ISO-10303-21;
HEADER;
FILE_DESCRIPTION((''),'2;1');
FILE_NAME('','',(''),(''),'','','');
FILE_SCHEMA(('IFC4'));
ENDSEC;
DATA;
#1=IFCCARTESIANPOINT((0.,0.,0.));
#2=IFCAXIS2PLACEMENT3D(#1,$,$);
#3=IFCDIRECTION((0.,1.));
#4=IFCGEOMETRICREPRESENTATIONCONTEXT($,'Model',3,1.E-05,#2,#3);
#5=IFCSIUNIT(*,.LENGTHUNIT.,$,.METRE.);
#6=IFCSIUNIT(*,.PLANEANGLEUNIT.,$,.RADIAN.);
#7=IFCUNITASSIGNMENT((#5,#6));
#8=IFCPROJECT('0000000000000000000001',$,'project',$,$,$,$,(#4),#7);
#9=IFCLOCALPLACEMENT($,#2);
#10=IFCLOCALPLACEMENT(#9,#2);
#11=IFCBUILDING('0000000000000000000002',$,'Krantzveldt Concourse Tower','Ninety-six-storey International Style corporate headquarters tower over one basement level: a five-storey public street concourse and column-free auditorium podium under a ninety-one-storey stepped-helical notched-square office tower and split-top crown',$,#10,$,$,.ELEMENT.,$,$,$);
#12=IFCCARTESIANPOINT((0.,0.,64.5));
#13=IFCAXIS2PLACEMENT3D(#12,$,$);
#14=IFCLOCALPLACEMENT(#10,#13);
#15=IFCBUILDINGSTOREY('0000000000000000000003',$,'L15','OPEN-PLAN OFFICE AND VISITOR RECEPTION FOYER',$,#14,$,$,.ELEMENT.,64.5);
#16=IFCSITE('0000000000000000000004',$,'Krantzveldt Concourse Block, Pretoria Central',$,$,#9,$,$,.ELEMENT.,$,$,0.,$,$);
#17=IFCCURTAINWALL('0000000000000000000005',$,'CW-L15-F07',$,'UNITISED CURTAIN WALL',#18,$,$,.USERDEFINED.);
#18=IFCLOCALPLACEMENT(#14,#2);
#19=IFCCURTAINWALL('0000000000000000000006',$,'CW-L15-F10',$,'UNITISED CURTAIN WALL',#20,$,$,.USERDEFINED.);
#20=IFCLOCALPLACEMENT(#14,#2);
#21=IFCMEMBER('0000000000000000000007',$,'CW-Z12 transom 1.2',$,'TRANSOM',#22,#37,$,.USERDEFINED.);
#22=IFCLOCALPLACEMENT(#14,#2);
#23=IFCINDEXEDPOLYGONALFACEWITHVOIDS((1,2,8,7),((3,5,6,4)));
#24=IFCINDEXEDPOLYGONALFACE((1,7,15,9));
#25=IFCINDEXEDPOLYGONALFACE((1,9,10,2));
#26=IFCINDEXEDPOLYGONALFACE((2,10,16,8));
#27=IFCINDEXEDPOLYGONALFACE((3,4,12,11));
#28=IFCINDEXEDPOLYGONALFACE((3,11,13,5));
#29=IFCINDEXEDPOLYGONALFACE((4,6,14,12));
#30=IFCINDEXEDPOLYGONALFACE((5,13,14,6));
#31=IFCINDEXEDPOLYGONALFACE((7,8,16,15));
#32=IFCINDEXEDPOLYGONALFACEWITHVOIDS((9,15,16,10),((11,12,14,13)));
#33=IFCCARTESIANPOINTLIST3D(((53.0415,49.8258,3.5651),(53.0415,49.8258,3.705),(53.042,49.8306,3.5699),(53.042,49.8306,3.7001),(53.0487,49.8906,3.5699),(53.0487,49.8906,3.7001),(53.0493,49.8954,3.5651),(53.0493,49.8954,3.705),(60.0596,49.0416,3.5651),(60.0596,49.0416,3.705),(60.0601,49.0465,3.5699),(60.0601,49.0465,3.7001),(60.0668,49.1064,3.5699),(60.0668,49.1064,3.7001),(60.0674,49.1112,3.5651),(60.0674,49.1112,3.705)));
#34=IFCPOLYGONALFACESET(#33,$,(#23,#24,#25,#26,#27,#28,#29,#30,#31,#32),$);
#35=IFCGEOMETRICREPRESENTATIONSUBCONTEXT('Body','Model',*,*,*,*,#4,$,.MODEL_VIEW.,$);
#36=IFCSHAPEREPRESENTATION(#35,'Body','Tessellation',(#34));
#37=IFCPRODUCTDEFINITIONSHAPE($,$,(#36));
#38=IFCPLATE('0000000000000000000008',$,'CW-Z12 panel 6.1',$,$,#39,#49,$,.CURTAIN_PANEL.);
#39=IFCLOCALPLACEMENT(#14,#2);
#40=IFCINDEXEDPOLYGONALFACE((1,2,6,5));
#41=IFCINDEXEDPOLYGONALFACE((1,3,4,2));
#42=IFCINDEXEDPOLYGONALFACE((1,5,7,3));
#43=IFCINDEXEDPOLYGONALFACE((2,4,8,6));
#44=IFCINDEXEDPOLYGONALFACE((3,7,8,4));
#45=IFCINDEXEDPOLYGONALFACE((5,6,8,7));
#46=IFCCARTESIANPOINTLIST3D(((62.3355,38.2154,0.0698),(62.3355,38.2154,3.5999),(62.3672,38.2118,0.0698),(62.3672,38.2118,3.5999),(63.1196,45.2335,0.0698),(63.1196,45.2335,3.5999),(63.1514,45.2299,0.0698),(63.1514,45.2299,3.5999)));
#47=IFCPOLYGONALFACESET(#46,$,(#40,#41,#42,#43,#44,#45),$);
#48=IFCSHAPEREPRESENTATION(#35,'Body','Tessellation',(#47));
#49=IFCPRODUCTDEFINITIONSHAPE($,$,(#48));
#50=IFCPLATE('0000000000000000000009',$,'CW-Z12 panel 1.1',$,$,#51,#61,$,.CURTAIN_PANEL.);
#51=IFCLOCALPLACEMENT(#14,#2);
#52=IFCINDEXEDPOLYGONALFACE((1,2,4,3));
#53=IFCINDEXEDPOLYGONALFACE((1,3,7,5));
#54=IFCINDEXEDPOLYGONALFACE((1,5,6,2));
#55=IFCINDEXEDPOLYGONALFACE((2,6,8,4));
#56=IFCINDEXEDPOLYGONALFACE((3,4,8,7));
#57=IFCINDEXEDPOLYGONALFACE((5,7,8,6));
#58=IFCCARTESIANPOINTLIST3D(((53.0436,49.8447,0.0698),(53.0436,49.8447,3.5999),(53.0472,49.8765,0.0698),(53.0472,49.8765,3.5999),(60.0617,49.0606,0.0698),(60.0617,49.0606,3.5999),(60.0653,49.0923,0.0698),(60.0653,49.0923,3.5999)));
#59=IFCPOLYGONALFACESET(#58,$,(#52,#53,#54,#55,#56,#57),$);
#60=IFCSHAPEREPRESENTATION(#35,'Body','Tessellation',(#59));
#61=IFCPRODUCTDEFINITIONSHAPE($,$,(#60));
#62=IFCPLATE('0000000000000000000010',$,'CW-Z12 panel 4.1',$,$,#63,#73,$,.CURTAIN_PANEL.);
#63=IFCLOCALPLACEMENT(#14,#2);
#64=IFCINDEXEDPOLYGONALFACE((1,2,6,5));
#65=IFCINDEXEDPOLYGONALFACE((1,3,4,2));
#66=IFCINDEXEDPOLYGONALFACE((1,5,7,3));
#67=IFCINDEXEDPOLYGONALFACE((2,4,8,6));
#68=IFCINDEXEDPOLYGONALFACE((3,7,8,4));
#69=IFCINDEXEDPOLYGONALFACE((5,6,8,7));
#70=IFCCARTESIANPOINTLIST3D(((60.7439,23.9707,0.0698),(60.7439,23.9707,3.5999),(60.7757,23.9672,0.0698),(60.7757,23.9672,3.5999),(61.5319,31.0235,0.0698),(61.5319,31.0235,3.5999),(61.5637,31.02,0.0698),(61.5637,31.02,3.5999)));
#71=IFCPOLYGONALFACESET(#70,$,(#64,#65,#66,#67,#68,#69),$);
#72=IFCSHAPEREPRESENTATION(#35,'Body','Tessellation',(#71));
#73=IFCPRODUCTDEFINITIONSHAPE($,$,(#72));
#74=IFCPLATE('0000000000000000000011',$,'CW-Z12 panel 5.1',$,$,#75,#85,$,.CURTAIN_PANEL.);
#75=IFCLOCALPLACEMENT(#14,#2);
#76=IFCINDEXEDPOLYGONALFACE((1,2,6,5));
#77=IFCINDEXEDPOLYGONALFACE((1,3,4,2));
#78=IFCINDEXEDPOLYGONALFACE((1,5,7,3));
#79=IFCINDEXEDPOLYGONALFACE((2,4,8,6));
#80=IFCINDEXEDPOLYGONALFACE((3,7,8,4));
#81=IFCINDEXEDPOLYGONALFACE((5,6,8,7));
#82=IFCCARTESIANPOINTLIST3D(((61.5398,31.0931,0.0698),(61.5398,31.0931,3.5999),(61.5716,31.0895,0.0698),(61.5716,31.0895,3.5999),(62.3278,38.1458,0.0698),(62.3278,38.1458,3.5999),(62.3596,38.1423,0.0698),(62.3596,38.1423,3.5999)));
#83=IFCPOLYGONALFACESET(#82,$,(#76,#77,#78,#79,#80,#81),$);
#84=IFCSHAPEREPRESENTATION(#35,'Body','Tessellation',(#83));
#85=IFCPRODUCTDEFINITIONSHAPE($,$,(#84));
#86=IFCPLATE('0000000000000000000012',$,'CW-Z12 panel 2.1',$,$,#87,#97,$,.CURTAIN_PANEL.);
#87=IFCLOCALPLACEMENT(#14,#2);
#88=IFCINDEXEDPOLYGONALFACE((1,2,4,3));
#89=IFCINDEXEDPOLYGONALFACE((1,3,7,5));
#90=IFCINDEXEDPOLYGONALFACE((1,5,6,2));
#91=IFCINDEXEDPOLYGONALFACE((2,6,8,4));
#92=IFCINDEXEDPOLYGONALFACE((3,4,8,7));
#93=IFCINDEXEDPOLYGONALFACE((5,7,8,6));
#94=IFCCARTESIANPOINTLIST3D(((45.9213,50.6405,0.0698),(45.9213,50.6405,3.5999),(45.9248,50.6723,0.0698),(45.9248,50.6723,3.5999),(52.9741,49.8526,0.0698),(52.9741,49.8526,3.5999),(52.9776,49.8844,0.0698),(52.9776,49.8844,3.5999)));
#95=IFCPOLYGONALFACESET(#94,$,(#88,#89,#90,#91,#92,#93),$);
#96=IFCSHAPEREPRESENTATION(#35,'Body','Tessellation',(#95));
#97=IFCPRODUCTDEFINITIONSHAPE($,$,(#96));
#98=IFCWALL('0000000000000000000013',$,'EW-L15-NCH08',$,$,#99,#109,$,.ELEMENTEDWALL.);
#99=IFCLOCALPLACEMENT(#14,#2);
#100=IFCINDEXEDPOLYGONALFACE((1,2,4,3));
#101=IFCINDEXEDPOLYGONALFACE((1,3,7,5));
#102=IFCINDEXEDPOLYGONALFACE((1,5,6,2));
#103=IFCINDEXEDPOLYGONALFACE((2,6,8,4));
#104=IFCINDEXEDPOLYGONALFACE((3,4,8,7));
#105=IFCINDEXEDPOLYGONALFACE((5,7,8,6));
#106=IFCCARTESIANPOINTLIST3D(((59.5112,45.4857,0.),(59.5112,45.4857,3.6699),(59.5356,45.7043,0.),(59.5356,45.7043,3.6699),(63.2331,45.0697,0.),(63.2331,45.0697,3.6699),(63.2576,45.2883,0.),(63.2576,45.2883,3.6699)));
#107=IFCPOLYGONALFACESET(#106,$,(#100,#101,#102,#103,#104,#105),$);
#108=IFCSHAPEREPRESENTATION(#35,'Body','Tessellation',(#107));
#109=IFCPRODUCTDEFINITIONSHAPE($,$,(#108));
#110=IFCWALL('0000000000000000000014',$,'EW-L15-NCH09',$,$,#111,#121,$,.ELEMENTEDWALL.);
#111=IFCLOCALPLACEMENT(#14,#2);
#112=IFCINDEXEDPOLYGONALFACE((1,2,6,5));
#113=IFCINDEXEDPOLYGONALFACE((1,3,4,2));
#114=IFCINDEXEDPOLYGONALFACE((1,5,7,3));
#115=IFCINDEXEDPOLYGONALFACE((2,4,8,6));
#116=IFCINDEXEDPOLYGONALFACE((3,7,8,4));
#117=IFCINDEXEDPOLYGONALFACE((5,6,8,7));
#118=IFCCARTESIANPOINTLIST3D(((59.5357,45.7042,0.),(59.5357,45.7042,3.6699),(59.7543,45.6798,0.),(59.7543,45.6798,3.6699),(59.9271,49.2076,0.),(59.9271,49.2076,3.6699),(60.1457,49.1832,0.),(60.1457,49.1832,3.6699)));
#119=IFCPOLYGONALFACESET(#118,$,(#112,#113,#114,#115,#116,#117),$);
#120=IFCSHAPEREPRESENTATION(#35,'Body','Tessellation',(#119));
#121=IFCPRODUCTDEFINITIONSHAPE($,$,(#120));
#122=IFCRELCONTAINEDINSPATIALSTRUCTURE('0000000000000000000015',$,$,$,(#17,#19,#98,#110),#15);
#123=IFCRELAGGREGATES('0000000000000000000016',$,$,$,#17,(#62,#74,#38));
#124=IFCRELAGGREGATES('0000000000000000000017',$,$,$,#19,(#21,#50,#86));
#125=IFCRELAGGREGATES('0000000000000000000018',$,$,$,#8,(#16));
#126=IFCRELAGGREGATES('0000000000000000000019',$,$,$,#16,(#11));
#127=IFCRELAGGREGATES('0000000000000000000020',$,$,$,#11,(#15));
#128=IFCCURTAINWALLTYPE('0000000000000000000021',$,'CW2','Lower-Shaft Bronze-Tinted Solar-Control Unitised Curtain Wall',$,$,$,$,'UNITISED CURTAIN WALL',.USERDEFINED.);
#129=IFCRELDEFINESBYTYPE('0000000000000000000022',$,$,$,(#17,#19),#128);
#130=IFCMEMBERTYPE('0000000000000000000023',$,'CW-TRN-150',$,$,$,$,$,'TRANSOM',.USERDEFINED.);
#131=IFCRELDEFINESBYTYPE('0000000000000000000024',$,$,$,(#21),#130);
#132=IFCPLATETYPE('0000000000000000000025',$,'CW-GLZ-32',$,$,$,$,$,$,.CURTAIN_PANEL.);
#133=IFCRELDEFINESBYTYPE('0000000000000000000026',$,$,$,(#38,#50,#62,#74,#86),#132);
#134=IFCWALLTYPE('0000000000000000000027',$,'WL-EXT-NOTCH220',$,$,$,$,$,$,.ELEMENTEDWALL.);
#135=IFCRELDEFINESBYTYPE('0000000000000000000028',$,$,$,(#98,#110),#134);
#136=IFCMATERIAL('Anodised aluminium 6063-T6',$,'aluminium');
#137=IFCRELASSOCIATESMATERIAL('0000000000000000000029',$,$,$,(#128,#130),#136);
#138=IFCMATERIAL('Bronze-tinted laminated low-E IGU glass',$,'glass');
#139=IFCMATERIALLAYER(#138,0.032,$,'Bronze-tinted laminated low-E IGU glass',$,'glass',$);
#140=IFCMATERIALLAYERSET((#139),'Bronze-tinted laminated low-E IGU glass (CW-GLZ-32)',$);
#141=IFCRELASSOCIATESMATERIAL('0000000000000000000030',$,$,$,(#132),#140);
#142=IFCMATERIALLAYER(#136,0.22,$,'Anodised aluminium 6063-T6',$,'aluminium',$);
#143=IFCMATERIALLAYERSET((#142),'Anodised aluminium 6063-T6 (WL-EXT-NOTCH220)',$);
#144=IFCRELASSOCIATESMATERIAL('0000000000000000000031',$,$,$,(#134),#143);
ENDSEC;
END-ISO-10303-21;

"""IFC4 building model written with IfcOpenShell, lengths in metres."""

from ifc_helpers import new_model, si_unit, direction, frame, frame_2d, origin, origin_2d, place, context, subcontext, project, spatial, rectangle, hollow_rectangle, extrude, source, transform, mapped, material, layer, layer_set, material_profile, profile_set, type_object, type_shapes, element, aggregate, save


model = new_model("IFC4")

# Units and contexts
model_context = context("Model", 3, precision=1e-05, world=origin(), true_north=direction((0.0, 1.0)))
body_context = subcontext(model_context, "Body", "Model", "MODEL_VIEW")
ifc_project = project(units=[si_unit("LENGTHUNIT", "METRE"), si_unit("PLANEANGLEUNIT", "RADIAN")], contexts=[model_context])

# Site, building, storey
site_placement = place(None, origin())
site = spatial("IfcSite", under=ifc_project, at=site_placement, Name="Krantzveldt Concourse Block, Pretoria Central", CompositionType="ELEMENT", RefElevation=0.0)
building_placement = place(site_placement, origin())
building = spatial("IfcBuilding", under=site, at=building_placement, Name="Krantzveldt Concourse Tower", Description="Ninety-six-storey International Style corporate headquarters tower over one basement level: a five-storey public street concourse and column-free auditorium podium under a ninety-one-storey stepped-helical notched-square office tower and split-top crown", CompositionType="ELEMENT")
storey_placement = place(building_placement, frame((0.0, 0.0, 64.5)))
storey = spatial("IfcBuildingStorey", under=building, at=storey_placement, Name="L15", Description="OPEN-PLAN OFFICE AND VISITOR RECEPTION FOYER", CompositionType="ELEMENT", Elevation=64.5)

# Curtain walls
ifc_material_1 = material(Name="Anodised aluminium 6063-T6", Category="aluminium")
curtain_wall_type = type_object("IfcCurtainWallType", Name="CW2", Description="Lower-Shaft Bronze-Tinted Solar-Control Unitised Curtain Wall", ElementType="UNITISED CURTAIN WALL", PredefinedType="USERDEFINED", material=ifc_material_1)
curtain_wall_1_placement = place(storey_placement, origin())
curtain_wall_1 = element("IfcCurtainWall", 1, at=curtain_wall_1_placement, inside=storey, type_object=curtain_wall_type, Name="CW-L15-F07", ObjectType="UNITISED CURTAIN WALL", PredefinedType="USERDEFINED")
curtain_wall_2_placement = place(storey_placement, origin())
curtain_wall_2 = element("IfcCurtainWall", 2, at=curtain_wall_2_placement, inside=storey, type_object=curtain_wall_type, Name="CW-L15-F10", ObjectType="UNITISED CURTAIN WALL", PredefinedType="USERDEFINED")

# Member
ifc_material_profile_1 = material_profile(ifc_material_1, hollow_rectangle(XDim=0.0701, YDim=0.1399, WallThickness=0.0049, at=origin_2d()), Name="Anodised aluminium 6063-T6", Category="aluminium")
ifc_profile_set_1 = profile_set([ifc_material_profile_1], Name="Anodised aluminium 6063-T6 - ALU-TRAN 140x70x5")
member_type_1 = type_object("IfcMemberType", Name="CW-TRN-150", ElementType="TRANSOM", PredefinedType="USERDEFINED", material=ifc_profile_set_1)
shared_shape_1 = source(origin(), body_context, "Body", "SweptSolid", [
    extrude(hollow_rectangle(XDim=0.0701, YDim=0.1399, WallThickness=0.0049, at=origin_2d()), origin(), (0.0, 0.0, 1.0), 7.0618),
])
member_1_placement = place(storey_placement, frame((60.0635, 49.0764, 3.635), z_axis=(-0.993815, 0.111046, 0.0), x_axis=(-0.111046, -0.993815, 0.0)))
member_1 = element("IfcMember", 3, at=member_1_placement, type_object=member_type_1, Name="CW-Z12 transom 1.2", ObjectType="TRANSOM", PredefinedType="USERDEFINED", context=body_context, shape_type="MappedRepresentation", body=[
    mapped(shared_shape_1, transform((0.0, 0.0, 0.0), x_axis=(1.0, 0.0, 0.0), y_axis=(0.0, 1.0, 0.0), z_axis=(0.0, 0.0, 1.0), scale=1.0)),
])

# Plates
ifc_material_2 = material(Name="Bronze-tinted laminated low-E IGU glass", Category="glass")
ifc_layer_1 = layer(ifc_material_2, 0.032, Name="Bronze-tinted laminated low-E IGU glass", Category="glass")
ifc_layer_set_1 = layer_set([ifc_layer_1], Name="Bronze-tinted laminated low-E IGU glass (CW-GLZ-32)")
plate_type = type_object("IfcPlateType", Name="CW-GLZ-32", PredefinedType="CURTAIN_PANEL", material=ifc_layer_set_1)
shared_shape_2 = source(origin(), body_context, "Body", "SweptSolid", [
    extrude(rectangle(XDim=7.0618, YDim=0.032, at=origin_2d()), origin(), (0.0, 0.0, 1.0), 3.53),
])
plate_1_placement = place(storey_placement, frame((62.7434, 41.7227, 0.0698), z_axis=(0.0, 0.0, 1.0), x_axis=(0.111035, 0.993816, 0.0)))
plate_1 = element("IfcPlate", 4, at=plate_1_placement, type_object=plate_type, Name="CW-Z12 panel 6.1", PredefinedType="CURTAIN_PANEL", context=body_context, shape_type="MappedRepresentation", body=[
    mapped(shared_shape_2, transform((0.0, 0.0, 0.0), x_axis=(1.0, 0.0, 0.0), y_axis=(0.0, 1.0, 0.0), z_axis=(0.0, 0.0, 1.0), scale=1.0)),
])
plate_2_placement = place(storey_placement, frame((56.5544, 49.4685, 0.0698), z_axis=(0.0, 0.0, 1.0), x_axis=(-0.993816, 0.111035, 0.0)))
plate_2 = element("IfcPlate", 5, at=plate_2_placement, type_object=plate_type, Name="CW-Z12 panel 1.1", PredefinedType="CURTAIN_PANEL", context=body_context, shape_type="MappedRepresentation", body=[
    mapped(shared_shape_2, transform((0.0, 0.0, 0.0), x_axis=(1.0, 0.0, 0.0), y_axis=(0.0, 1.0, 0.0), z_axis=(0.0, 0.0, 1.0), scale=1.0)),
])
shared_shape_3 = source(origin(), body_context, "Body", "SweptSolid", [
    extrude(rectangle(XDim=7.0967, YDim=0.032, at=origin_2d()), origin(), (0.0, 0.0, 1.0), 3.53),
])
type_shapes(plate_type, [shared_shape_2, shared_shape_3])
plate_3_placement = place(storey_placement, frame((61.1538, 27.4954, 0.0698), z_axis=(0.0, 0.0, 1.0), x_axis=(0.111035, 0.993816, 0.0)))
plate_3 = element("IfcPlate", 6, at=plate_3_placement, type_object=plate_type, Name="CW-Z12 panel 4.1", PredefinedType="CURTAIN_PANEL", context=body_context, shape_type="MappedRepresentation", body=[
    mapped(shared_shape_3, transform((0.0, 0.0, 0.0), x_axis=(1.0, 0.0, 0.0), y_axis=(0.0, 1.0, 0.0), z_axis=(0.0, 0.0, 1.0), scale=1.0)),
])
plate_4_placement = place(storey_placement, frame((61.9497, 34.6177, 0.0698), z_axis=(0.0, 0.0, 1.0), x_axis=(0.111035, 0.993816, 0.0)))
plate_4 = element("IfcPlate", 7, at=plate_4_placement, type_object=plate_type, Name="CW-Z12 panel 5.1", PredefinedType="CURTAIN_PANEL", context=body_context, shape_type="MappedRepresentation", body=[
    mapped(shared_shape_3, transform((0.0, 0.0, 0.0), x_axis=(1.0, 0.0, 0.0), y_axis=(0.0, 1.0, 0.0), z_axis=(0.0, 0.0, 1.0), scale=1.0)),
])
aggregate(curtain_wall_1, [plate_3, plate_4, plate_1])
plate_5_placement = place(storey_placement, frame((49.4495, 50.2625, 0.0698), z_axis=(0.0, 0.0, 1.0), x_axis=(-0.993816, 0.111035, 0.0)))
plate_5 = element("IfcPlate", 8, at=plate_5_placement, type_object=plate_type, Name="CW-Z12 panel 2.1", PredefinedType="CURTAIN_PANEL", context=body_context, shape_type="MappedRepresentation", body=[
    mapped(shared_shape_3, transform((0.0, 0.0, 0.0), x_axis=(1.0, 0.0, 0.0), y_axis=(0.0, 1.0, 0.0), z_axis=(0.0, 0.0, 1.0), scale=1.0)),
])
aggregate(curtain_wall_2, [member_1, plate_2, plate_5])

# Walls
ifc_layer_2 = layer(ifc_material_1, 0.22, Name="Anodised aluminium 6063-T6", Category="aluminium")
ifc_layer_set_2 = layer_set([ifc_layer_2], Name="Anodised aluminium 6063-T6 (WL-EXT-NOTCH220)")
wall_type = type_object("IfcWallType", Name="WL-EXT-NOTCH220", PredefinedType="ELEMENTEDWALL", material=ifc_layer_set_2)
wall_1_placement = place(storey_placement, frame((63.2454, 45.179, 0.0), z_axis=(0.0, 0.0, 1.0), x_axis=(-0.993811, 0.111083, 0.0)))
element("IfcWall", 9, at=wall_1_placement, inside=storey, type_object=wall_type, Name="EW-L15-NCH08", PredefinedType="ELEMENTEDWALL", context=body_context, shape_type="SweptSolid", body=[
    extrude(rectangle(XDim=3.7451, YDim=0.22, at=frame_2d((1.8726, 0.0))), origin(), (0.0, 0.0, 1.0), 3.6699),
])
wall_2_placement = place(storey_placement, frame((59.645, 45.6919, 0.0), z_axis=(0.0, 0.0, 1.0), x_axis=(0.111017, 0.993819, 0.0)))
element("IfcWall", 10, at=wall_2_placement, inside=storey, type_object=wall_type, Name="EW-L15-NCH09", PredefinedType="ELEMENTEDWALL", context=body_context, shape_type="SweptSolid", body=[
    extrude(rectangle(XDim=3.5251, YDim=0.22, at=frame_2d((1.7627, 0.0))), origin(), (0.0, 0.0, 1.0), 3.6699),
])

save(model, "model.ifc")
